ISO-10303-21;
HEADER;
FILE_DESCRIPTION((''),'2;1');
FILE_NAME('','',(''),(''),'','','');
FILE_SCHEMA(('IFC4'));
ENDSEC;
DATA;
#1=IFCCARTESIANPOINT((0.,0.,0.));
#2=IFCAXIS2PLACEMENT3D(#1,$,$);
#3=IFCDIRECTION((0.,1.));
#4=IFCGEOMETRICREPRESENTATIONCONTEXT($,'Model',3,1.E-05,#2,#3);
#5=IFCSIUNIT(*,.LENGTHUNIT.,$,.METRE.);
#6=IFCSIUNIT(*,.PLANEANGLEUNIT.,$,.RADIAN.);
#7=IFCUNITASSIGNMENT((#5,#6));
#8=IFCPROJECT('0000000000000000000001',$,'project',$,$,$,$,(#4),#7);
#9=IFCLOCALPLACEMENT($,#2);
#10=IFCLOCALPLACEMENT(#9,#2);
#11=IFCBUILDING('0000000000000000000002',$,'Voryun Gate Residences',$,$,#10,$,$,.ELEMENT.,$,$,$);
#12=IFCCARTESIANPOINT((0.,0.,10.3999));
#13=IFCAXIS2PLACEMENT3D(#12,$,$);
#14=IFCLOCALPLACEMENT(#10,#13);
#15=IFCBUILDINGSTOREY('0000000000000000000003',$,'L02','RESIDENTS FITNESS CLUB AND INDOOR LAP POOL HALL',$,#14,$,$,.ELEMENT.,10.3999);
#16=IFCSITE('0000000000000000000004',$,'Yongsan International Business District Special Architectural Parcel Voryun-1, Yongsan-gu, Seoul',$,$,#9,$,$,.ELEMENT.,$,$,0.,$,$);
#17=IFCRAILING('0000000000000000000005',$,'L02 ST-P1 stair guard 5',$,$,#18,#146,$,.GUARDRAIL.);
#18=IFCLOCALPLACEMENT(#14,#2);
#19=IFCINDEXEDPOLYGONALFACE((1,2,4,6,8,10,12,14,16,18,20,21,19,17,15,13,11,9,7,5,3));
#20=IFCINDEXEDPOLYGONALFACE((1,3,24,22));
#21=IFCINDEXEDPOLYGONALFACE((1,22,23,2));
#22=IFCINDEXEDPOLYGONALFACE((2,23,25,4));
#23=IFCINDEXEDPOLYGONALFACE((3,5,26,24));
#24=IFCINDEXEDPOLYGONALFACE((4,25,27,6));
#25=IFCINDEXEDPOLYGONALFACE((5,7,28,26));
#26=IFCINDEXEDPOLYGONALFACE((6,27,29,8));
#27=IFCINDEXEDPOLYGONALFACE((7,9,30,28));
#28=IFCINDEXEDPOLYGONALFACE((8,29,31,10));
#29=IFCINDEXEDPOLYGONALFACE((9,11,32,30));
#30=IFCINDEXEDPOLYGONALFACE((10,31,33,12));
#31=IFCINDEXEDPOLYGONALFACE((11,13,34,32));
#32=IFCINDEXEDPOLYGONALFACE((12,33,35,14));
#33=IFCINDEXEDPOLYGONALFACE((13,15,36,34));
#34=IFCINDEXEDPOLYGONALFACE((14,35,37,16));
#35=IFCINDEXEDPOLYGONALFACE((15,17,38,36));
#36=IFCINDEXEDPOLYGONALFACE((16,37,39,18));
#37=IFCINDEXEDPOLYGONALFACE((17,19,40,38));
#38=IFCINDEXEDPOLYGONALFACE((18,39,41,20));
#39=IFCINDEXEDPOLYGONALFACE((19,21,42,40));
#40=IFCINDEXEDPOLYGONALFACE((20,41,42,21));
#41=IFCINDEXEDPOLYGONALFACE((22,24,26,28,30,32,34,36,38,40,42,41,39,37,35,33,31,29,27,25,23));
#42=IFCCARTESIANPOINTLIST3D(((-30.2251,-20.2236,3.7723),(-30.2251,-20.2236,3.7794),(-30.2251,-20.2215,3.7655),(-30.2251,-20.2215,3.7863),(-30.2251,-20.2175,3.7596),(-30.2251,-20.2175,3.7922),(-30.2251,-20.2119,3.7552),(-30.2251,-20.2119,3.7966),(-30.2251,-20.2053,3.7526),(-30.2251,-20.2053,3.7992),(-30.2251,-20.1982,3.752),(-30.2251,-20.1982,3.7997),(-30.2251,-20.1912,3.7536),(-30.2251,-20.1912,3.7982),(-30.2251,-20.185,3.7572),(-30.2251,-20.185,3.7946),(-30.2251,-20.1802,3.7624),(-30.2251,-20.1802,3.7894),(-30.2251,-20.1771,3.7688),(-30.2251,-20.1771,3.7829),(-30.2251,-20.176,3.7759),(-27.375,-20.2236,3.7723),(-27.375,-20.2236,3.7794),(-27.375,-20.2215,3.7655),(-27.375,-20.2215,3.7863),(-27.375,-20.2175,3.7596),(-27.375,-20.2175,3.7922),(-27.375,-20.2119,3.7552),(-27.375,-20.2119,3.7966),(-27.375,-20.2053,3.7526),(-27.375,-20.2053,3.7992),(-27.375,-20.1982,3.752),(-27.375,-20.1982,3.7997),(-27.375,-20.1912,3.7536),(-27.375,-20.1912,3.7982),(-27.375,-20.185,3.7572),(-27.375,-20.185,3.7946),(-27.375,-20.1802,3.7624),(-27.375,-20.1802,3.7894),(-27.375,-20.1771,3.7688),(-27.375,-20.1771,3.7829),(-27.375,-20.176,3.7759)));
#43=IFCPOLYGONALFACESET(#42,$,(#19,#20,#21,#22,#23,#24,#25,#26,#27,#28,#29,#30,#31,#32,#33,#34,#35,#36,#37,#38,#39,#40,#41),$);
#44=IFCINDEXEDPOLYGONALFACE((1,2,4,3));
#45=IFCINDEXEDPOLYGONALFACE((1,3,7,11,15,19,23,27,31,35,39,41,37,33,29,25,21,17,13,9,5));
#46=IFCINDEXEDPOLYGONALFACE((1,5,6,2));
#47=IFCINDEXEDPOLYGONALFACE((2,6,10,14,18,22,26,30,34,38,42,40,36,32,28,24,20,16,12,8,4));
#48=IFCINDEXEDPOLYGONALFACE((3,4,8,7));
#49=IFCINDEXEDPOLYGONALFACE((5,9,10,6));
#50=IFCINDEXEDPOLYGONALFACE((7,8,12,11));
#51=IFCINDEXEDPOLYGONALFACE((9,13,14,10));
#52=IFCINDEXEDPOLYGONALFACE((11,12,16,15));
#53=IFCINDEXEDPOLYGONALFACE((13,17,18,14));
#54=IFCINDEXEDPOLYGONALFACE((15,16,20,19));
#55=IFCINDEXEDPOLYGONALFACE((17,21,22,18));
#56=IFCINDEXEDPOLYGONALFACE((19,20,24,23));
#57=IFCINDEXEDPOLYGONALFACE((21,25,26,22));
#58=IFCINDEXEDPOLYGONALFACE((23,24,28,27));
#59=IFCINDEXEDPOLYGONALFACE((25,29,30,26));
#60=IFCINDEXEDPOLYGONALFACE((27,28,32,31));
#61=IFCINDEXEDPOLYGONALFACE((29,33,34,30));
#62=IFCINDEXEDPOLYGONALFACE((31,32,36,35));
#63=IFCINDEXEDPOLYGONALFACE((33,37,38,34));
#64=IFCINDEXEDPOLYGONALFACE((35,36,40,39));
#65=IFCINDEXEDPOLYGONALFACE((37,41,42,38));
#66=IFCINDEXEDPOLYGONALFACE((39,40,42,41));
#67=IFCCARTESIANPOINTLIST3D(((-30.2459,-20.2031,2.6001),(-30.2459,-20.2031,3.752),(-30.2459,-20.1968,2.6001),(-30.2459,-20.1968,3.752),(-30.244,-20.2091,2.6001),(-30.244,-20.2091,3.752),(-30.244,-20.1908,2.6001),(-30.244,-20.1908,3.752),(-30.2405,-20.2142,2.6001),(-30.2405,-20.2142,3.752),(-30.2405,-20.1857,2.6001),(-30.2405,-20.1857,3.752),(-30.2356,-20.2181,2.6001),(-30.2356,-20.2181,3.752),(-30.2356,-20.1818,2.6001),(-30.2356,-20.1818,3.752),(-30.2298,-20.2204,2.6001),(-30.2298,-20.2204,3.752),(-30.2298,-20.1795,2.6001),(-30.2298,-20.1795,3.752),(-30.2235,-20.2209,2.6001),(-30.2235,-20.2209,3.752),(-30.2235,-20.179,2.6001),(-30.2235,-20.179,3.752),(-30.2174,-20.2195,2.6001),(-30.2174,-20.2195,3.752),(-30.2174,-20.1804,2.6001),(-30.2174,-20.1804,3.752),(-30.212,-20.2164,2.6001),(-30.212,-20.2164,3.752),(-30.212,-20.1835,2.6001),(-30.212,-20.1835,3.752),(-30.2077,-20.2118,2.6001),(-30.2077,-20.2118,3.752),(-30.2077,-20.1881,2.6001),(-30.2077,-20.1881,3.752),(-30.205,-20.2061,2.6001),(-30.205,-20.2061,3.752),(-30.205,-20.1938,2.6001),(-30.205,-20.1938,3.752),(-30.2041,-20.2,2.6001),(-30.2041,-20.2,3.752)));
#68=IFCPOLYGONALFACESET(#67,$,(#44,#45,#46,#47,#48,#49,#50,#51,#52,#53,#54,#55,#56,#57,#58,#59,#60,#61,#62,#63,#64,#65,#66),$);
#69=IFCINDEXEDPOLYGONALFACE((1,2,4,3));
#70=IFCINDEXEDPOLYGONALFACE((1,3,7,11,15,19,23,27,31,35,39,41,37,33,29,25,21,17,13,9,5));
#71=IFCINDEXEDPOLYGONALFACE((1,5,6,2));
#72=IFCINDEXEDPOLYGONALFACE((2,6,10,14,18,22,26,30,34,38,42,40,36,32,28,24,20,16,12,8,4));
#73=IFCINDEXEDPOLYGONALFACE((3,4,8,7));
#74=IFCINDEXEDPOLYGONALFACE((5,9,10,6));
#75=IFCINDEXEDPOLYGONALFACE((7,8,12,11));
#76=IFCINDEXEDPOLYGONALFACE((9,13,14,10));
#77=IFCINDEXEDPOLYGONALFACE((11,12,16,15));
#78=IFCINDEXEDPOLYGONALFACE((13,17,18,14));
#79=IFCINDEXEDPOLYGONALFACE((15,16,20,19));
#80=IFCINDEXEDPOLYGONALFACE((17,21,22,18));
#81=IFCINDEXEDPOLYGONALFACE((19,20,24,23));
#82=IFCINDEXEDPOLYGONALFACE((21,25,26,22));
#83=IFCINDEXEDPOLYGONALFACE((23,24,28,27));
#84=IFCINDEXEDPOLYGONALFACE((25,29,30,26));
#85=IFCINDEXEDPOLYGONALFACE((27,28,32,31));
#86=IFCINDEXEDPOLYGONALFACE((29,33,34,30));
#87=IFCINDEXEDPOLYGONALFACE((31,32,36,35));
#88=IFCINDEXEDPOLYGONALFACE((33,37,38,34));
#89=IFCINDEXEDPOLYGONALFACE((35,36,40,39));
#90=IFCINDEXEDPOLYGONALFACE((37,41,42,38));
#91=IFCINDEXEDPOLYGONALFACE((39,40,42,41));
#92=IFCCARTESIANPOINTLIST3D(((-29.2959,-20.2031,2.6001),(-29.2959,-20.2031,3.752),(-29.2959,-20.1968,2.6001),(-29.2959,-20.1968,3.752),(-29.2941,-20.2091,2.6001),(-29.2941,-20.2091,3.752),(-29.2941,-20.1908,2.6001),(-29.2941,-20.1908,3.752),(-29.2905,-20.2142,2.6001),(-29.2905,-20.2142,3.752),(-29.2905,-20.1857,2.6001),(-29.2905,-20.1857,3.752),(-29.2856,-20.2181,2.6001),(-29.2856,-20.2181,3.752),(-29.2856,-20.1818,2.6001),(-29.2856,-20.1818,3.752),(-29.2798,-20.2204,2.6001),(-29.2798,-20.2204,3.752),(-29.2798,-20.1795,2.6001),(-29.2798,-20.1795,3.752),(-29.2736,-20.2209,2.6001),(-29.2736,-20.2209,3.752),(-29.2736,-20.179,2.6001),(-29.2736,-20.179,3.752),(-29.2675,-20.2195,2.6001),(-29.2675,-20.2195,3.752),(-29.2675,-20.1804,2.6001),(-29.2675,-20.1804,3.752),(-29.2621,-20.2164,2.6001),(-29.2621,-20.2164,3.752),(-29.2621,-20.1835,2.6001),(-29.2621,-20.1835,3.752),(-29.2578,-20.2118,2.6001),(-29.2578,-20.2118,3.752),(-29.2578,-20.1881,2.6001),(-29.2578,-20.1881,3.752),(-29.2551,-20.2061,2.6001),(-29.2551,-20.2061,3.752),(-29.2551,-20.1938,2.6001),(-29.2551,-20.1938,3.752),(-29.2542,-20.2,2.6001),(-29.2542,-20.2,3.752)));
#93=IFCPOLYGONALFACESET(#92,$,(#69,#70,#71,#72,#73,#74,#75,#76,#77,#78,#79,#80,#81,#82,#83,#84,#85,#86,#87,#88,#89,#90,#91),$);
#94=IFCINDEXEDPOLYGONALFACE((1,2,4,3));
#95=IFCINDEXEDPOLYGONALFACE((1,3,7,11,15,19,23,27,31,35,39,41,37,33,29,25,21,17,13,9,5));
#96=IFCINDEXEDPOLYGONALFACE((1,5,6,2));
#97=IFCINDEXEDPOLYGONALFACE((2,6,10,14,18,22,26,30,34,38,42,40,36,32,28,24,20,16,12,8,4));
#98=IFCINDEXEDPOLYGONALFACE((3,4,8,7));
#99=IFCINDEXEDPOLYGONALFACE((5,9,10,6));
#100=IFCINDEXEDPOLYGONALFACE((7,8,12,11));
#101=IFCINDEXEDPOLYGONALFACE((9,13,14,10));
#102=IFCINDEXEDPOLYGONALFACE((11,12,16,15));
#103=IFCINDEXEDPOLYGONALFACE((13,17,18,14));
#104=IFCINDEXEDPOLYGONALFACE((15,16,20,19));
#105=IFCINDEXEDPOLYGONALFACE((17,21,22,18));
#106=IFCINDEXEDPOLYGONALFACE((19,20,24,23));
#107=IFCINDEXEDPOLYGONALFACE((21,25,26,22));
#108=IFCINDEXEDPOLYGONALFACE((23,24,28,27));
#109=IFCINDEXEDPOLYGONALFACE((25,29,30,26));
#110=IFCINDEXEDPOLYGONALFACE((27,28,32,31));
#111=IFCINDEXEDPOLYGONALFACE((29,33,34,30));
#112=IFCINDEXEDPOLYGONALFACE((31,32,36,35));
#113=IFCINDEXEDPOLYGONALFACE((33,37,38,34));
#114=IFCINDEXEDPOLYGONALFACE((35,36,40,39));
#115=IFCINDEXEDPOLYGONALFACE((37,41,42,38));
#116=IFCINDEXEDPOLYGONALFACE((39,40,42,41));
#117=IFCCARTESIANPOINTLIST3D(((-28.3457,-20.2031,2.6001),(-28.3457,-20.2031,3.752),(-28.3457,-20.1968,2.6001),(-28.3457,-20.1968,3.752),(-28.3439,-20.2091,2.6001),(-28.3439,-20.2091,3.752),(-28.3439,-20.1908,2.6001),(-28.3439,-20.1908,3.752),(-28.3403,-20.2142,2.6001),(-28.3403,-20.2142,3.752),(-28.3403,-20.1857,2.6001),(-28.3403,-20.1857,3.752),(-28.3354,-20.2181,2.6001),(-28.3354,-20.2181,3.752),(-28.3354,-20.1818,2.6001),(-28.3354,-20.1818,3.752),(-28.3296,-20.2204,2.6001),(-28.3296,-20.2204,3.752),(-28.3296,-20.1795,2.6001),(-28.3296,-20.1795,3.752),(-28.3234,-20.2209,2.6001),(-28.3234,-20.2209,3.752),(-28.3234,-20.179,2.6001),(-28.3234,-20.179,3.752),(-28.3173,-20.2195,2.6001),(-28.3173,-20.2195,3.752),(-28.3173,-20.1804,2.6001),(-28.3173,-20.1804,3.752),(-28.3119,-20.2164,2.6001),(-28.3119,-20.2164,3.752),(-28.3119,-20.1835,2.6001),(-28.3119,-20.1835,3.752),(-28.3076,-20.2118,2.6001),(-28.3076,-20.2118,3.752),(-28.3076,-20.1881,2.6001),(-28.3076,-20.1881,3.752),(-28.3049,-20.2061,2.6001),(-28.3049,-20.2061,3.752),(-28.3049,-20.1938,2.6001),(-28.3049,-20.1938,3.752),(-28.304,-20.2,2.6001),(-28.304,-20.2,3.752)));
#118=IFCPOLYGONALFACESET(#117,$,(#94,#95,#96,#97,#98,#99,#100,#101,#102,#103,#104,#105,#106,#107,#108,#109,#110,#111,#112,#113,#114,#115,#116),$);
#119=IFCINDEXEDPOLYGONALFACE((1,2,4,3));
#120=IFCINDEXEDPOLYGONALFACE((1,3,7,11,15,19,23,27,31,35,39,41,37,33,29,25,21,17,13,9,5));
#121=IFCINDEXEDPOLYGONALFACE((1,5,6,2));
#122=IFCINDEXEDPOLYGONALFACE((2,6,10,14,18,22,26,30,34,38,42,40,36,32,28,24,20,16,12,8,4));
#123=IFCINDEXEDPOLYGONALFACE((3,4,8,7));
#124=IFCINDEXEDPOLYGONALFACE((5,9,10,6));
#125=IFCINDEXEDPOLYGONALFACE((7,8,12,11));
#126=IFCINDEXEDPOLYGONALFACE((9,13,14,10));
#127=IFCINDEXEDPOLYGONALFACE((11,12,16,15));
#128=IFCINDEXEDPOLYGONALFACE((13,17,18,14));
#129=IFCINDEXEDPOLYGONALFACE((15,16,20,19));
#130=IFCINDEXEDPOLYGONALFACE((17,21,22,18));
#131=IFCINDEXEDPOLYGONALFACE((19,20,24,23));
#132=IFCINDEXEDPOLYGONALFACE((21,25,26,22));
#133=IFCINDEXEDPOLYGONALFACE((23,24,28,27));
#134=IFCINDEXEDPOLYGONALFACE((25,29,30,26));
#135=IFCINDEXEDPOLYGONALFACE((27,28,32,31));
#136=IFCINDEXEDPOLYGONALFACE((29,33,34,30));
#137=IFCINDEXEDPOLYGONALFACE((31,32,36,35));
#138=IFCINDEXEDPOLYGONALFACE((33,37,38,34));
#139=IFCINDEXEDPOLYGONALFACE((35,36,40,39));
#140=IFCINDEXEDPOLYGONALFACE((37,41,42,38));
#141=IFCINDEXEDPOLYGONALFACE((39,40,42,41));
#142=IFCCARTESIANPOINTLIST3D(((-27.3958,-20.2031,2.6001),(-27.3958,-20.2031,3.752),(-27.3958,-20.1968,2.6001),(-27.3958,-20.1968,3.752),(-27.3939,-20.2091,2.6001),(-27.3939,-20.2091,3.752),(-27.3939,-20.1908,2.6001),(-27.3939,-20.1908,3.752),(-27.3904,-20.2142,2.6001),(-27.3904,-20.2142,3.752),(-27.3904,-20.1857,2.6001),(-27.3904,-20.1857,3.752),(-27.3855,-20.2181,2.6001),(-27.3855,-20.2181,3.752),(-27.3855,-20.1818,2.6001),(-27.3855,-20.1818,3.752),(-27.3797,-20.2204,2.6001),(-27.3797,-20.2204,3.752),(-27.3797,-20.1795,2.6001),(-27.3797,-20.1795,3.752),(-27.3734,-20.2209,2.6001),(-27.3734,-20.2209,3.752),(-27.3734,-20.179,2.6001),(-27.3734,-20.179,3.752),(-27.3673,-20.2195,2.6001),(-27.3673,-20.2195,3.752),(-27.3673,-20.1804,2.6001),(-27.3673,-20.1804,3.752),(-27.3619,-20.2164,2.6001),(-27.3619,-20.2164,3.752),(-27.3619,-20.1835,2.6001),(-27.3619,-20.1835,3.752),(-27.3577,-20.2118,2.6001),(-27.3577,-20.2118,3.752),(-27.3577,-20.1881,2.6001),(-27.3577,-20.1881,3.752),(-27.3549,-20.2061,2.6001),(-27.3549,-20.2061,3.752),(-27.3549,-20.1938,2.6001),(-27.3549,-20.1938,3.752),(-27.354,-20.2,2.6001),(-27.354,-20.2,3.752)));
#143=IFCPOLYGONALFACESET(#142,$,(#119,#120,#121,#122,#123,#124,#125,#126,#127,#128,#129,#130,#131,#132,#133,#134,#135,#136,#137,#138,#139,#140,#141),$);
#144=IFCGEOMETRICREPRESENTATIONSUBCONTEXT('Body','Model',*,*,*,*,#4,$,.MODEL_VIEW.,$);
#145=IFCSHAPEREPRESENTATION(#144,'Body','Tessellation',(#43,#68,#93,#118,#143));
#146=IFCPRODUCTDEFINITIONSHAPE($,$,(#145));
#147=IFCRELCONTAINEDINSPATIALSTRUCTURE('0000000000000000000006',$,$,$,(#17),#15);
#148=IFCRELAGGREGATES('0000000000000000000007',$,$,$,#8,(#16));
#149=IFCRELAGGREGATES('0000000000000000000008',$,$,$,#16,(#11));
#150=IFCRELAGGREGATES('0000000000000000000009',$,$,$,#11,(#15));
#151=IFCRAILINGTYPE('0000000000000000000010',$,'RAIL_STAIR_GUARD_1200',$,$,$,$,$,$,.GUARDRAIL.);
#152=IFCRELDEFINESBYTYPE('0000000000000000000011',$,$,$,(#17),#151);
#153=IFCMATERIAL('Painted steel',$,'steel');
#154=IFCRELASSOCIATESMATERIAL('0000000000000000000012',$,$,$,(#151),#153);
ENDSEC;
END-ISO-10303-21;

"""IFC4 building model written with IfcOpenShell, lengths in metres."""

from ifc_helpers import new_model, si_unit, direction, frame, origin, origin_2d, place, context, subcontext, project, spatial, circle, extrude, material, type_object, element, save


model = new_model("IFC4")

# Units and contexts
model_context = context("Model", 3, precision=1e-05, world=origin(), true_north=direction((0.0, 1.0)))
body_context = subcontext(model_context, "Body", "Model", "MODEL_VIEW")
ifc_project = project(units=[si_unit("LENGTHUNIT", "METRE"), si_unit("PLANEANGLEUNIT", "RADIAN")], contexts=[model_context])

# Site, building, storey
site_placement = place(None, origin())
site = spatial("IfcSite", under=ifc_project, at=site_placement, Name="Yongsan International Business District Special Architectural Parcel Voryun-1, Yongsan-gu, Seoul", CompositionType="ELEMENT", RefElevation=0.0)
building_placement = place(site_placement, origin())
building = spatial("IfcBuilding", under=site, at=building_placement, Name="Voryun Gate Residences", CompositionType="ELEMENT")
storey_placement = place(building_placement, frame((0.0, 0.0, 10.3999)))
storey = spatial("IfcBuildingStorey", under=building, at=storey_placement, Name="L02", Description="RESIDENTS FITNESS CLUB AND INDOOR LAP POOL HALL", CompositionType="ELEMENT", Elevation=10.3999)

# Railing
ifc_material_1 = material(Name="Painted steel", Category="steel")
railing_type_1 = type_object("IfcRailingType", Name="RAIL_STAIR_GUARD_1200", PredefinedType="GUARDRAIL", material=ifc_material_1)
railing_1_placement = place(storey_placement, frame((-30.2251, -20.2, 2.6001)))
element("IfcRailing", 1, at=railing_1_placement, inside=storey, type_object=railing_type_1, Name="L02 ST-P1 stair guard 5", PredefinedType="GUARDRAIL", context=body_context, shape_type="SweptSolid", body=[
    extrude(circle(Radius=0.0239, at=origin_2d()), frame((0.0, 0.0, 1.1758), z_axis=(1.0, 0.0, 0.0), x_axis=(0.0, 1.0, 0.0)), (0.0, 0.0, 1.0), 2.8501),
    extrude(circle(Radius=0.021, at=origin_2d()), origin(), (0.0, 0.0, 1.0), 1.1519),
    extrude(circle(Radius=0.021, at=origin_2d()), frame((0.95, 0.0, 0.0)), (0.0, 0.0, 1.0), 1.1519),
    extrude(circle(Radius=0.021, at=origin_2d()), frame((1.9001, 0.0, 0.0)), (0.0, 0.0, 1.0), 1.1519),
    extrude(circle(Radius=0.021, at=origin_2d()), frame((2.8501, 0.0, 0.0)), (0.0, 0.0, 1.0), 1.1519),
])

save(model, "model.ifc")
